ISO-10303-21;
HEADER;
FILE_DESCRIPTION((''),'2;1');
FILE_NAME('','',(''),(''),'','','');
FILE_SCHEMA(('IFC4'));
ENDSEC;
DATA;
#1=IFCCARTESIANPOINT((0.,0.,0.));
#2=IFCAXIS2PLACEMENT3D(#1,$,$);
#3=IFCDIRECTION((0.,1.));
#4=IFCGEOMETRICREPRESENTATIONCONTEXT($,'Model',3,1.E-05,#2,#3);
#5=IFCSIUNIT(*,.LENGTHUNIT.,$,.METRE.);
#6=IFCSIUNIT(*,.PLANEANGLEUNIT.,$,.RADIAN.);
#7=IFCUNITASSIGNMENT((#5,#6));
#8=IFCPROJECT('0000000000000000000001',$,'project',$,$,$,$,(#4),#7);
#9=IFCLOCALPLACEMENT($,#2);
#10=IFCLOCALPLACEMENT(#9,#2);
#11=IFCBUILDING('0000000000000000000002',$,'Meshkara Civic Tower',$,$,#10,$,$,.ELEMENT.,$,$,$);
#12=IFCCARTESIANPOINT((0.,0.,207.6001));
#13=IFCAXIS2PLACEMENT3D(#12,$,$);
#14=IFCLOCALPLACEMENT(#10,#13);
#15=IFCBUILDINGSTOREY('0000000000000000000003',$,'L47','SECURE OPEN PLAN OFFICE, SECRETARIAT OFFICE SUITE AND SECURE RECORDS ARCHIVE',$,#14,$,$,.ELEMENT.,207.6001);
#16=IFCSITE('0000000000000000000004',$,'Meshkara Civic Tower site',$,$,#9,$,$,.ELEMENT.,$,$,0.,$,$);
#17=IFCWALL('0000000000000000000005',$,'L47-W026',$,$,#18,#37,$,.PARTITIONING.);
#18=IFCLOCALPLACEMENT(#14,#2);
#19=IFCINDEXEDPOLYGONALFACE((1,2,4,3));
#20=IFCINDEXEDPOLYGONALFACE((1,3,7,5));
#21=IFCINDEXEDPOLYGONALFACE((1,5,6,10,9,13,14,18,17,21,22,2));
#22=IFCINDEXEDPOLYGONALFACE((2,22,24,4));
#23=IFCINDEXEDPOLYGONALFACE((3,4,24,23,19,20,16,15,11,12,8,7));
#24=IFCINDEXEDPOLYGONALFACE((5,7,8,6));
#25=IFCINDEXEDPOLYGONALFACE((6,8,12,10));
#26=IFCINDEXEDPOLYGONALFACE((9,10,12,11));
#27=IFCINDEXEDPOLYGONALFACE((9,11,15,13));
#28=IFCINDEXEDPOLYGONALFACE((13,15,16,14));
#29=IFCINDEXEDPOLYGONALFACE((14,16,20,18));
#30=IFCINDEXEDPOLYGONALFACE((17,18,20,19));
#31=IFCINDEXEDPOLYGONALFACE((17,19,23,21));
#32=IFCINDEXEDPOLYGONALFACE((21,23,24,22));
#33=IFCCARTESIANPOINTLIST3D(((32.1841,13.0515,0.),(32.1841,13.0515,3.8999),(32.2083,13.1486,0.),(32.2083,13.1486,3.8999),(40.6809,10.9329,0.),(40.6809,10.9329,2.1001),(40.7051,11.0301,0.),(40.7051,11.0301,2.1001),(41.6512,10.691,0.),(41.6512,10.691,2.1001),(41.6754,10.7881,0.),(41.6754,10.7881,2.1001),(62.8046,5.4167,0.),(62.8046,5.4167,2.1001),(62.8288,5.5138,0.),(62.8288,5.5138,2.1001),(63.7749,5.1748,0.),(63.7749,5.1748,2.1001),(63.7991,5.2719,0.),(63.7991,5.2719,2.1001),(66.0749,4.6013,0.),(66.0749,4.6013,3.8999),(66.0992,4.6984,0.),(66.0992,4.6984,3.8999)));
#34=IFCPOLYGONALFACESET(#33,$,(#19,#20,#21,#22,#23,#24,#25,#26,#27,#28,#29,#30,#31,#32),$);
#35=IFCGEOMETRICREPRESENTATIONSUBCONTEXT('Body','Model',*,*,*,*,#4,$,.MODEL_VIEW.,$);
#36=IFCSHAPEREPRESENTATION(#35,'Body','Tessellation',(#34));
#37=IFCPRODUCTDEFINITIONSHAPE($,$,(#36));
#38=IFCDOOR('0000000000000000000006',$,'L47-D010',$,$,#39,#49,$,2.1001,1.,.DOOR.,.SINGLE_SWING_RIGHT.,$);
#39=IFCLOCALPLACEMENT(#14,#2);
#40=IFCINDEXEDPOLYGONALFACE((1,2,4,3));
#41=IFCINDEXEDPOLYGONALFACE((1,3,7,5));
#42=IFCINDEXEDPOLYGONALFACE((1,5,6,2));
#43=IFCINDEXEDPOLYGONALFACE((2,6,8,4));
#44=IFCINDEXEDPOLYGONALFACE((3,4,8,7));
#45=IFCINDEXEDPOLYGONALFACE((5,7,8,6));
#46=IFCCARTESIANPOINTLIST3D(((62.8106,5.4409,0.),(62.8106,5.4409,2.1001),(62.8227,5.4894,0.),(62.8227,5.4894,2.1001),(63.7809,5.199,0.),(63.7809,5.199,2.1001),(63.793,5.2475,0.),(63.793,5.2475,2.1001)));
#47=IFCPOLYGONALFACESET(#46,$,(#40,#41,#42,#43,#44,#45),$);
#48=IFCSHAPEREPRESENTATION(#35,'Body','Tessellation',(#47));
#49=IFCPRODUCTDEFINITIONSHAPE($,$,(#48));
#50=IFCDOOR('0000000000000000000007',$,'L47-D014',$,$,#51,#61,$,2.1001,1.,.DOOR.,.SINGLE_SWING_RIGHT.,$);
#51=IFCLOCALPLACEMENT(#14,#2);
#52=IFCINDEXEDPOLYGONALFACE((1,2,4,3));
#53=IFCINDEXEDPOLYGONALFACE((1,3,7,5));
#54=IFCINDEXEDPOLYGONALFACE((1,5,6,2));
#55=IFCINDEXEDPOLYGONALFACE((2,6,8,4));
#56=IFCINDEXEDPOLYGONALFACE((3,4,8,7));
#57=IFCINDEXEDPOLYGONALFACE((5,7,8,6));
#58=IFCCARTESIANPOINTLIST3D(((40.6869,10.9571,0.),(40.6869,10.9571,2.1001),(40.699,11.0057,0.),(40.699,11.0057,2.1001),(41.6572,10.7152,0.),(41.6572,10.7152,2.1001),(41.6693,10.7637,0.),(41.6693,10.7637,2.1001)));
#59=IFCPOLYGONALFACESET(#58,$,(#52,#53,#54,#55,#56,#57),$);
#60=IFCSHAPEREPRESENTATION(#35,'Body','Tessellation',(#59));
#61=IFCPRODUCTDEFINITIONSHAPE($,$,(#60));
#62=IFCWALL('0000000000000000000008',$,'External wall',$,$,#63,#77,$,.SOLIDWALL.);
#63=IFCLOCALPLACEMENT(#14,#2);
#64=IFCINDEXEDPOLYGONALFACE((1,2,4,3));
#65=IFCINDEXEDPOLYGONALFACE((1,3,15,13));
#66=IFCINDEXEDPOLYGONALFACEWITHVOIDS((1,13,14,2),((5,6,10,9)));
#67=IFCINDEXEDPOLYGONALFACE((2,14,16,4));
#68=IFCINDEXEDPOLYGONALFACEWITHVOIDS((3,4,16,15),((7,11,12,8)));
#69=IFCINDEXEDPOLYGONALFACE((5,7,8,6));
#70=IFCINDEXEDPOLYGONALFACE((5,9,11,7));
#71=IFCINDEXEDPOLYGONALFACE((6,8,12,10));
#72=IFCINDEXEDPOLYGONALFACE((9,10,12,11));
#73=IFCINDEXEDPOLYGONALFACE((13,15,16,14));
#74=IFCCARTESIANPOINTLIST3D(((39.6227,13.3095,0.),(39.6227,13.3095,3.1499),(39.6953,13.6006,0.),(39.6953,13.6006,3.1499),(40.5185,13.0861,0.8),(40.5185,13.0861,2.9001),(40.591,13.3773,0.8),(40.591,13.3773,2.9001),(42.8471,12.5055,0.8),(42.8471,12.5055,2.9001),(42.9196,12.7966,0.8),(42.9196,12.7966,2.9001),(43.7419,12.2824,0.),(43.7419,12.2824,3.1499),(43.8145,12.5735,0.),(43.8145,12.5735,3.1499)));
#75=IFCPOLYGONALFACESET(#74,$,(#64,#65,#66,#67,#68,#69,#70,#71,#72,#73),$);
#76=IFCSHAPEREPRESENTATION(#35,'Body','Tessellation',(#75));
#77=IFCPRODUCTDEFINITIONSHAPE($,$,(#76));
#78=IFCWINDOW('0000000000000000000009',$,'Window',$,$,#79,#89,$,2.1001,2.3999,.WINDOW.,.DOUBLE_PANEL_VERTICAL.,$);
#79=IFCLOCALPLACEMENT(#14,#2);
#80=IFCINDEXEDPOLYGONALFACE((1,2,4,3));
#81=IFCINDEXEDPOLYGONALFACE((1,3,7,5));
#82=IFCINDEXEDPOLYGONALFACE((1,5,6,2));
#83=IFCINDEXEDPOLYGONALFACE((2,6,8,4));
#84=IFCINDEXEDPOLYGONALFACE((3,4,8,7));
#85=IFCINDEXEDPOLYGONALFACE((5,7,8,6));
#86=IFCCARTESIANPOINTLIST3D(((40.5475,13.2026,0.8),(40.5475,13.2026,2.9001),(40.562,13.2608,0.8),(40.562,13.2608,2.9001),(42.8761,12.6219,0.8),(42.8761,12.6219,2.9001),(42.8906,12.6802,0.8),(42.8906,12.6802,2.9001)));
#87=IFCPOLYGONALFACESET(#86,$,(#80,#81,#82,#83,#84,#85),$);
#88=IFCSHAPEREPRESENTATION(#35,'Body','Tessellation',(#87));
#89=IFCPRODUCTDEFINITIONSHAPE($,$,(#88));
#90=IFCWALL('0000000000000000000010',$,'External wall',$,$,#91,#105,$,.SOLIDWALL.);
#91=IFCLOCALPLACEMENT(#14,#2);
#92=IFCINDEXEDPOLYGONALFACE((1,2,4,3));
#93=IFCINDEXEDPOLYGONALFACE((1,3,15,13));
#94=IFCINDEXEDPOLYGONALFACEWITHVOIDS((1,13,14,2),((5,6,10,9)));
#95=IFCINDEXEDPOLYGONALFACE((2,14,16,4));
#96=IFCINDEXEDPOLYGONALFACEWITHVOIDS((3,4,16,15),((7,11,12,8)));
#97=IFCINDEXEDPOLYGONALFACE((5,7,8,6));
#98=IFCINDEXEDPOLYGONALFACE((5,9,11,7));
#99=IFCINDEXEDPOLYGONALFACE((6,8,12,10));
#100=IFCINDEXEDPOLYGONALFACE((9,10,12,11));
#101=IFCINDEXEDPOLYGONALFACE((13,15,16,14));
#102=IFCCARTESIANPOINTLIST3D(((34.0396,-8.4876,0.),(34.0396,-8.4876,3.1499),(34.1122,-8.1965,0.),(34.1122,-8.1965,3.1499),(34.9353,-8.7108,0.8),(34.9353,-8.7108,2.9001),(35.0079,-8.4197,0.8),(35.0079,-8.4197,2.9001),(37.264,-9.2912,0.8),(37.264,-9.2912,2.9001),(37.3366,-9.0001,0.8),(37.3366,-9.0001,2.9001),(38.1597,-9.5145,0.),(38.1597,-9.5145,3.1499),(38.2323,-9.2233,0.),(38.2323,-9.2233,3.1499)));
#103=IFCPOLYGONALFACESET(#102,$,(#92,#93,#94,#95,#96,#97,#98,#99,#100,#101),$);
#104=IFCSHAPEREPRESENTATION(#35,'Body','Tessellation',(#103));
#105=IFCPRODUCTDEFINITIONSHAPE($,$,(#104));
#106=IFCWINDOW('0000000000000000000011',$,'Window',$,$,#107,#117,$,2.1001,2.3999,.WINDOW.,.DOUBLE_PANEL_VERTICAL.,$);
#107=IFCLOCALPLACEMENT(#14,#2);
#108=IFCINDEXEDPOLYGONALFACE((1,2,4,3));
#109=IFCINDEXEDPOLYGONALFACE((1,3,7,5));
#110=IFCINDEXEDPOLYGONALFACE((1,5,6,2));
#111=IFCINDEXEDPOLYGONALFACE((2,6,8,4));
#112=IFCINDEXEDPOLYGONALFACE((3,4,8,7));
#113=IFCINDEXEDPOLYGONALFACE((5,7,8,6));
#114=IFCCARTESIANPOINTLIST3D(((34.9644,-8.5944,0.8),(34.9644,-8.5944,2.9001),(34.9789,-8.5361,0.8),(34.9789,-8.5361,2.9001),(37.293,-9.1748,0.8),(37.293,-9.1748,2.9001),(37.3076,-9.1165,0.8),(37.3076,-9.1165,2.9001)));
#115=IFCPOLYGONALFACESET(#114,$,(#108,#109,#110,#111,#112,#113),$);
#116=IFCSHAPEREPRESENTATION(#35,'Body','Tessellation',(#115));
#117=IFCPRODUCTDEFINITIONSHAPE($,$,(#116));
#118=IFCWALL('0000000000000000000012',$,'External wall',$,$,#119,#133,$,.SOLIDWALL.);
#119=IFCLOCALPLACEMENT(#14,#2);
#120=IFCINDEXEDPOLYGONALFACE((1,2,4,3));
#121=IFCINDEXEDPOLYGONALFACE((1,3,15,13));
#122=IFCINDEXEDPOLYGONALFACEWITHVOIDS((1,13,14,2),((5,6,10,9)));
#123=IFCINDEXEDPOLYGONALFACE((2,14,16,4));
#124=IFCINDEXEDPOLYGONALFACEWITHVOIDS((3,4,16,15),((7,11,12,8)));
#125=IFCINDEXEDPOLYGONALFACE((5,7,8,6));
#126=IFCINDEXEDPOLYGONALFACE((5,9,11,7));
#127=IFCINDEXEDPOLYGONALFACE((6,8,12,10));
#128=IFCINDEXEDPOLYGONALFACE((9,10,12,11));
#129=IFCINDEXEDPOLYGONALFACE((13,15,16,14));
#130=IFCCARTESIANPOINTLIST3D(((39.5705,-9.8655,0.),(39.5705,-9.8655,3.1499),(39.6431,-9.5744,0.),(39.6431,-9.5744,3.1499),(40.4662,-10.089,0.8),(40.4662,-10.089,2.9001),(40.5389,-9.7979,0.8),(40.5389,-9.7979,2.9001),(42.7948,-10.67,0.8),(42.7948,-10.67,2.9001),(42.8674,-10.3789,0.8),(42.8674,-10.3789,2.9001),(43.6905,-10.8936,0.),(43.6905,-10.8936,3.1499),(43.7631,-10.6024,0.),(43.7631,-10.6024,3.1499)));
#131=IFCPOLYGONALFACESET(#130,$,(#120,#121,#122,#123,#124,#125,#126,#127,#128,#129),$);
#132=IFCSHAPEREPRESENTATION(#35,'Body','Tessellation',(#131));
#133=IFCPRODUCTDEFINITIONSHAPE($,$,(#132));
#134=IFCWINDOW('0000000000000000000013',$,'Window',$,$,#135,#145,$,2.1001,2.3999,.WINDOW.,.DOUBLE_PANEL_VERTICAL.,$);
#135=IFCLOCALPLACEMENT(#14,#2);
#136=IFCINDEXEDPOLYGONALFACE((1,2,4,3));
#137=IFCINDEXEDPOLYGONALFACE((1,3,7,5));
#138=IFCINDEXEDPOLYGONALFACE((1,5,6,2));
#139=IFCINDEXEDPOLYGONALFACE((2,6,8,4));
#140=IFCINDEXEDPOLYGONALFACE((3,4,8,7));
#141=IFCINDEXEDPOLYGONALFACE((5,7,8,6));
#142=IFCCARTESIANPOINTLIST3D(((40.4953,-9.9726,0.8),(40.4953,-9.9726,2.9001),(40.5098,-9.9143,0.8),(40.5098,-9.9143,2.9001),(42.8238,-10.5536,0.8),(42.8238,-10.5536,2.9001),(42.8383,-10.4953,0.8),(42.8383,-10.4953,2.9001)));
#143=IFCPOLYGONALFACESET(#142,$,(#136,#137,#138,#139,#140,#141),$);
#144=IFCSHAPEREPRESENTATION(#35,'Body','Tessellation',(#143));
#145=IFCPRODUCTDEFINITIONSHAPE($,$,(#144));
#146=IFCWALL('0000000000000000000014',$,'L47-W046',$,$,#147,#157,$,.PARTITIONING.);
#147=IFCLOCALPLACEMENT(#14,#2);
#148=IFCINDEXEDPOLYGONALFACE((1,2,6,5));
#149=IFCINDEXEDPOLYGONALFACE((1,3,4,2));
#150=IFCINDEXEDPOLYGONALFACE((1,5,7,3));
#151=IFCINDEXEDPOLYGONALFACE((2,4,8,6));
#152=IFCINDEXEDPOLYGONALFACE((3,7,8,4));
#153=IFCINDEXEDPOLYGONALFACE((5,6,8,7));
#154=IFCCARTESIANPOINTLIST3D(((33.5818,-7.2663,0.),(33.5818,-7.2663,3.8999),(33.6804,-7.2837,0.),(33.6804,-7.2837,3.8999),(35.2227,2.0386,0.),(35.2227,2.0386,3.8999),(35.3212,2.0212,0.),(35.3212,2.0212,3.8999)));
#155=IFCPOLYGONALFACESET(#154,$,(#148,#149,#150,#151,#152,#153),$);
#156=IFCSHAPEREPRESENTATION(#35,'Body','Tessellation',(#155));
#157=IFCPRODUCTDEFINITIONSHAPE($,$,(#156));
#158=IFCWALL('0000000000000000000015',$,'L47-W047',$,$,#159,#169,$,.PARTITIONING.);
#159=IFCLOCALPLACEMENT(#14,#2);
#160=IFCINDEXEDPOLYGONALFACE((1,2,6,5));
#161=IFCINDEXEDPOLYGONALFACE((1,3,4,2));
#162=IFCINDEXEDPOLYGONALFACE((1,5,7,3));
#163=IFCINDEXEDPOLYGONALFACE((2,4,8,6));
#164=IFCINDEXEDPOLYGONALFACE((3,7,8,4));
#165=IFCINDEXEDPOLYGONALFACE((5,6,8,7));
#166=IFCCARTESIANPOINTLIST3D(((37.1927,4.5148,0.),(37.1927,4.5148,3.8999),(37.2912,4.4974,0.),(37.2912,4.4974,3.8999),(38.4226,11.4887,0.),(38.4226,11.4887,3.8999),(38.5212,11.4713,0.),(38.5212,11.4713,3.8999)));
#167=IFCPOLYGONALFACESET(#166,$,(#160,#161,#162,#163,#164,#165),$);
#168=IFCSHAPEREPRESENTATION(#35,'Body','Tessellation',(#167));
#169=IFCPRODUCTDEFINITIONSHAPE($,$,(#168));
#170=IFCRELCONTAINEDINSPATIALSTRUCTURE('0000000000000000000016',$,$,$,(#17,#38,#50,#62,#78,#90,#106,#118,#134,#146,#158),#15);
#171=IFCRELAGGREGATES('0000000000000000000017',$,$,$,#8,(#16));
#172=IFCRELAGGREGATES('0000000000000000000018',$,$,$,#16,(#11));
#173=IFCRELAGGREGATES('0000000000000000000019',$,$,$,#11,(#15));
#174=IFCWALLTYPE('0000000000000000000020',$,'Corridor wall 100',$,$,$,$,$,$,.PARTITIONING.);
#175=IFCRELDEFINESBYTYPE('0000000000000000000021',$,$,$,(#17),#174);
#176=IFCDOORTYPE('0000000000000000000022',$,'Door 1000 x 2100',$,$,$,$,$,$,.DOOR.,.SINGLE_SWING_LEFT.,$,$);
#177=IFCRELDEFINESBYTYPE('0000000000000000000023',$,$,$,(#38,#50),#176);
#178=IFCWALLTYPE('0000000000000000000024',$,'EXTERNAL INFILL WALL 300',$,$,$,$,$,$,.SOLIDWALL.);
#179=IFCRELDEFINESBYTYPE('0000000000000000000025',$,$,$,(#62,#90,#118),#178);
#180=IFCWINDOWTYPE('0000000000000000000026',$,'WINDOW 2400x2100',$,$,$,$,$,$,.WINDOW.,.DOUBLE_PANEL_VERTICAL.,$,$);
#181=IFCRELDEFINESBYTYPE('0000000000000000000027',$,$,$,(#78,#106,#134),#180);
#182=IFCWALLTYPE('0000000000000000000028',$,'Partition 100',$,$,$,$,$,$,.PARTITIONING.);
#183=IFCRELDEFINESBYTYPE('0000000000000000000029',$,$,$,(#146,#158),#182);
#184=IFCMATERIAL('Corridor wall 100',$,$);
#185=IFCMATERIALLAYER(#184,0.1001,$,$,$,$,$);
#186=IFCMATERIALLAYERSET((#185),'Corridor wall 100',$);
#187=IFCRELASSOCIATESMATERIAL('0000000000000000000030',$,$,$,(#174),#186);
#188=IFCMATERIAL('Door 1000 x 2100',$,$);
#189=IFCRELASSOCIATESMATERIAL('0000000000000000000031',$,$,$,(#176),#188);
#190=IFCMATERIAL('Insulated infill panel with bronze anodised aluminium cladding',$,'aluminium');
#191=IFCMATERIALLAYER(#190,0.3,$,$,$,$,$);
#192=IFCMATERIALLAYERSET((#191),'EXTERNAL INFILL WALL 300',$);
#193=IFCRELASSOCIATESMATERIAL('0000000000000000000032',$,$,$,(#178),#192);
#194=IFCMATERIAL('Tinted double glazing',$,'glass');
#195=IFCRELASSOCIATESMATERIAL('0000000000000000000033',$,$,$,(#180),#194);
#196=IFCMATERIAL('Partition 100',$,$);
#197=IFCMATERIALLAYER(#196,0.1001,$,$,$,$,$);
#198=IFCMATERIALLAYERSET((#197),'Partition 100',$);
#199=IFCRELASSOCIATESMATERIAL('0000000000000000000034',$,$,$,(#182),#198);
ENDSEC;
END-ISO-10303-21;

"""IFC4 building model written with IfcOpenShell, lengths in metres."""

from ifc_helpers import new_model, si_unit, direction, frame, frame_2d, origin, place, context, subcontext, project, spatial, rectangle, extrude, material, layer, layer_set, type_object, element, fill, save


model = new_model("IFC4")

# Units and contexts
model_context = context("Model", 3, precision=1e-05, world=origin(), true_north=direction((0.0, 1.0)))
body_context = subcontext(model_context, "Body", "Model", "MODEL_VIEW")
ifc_project = project(units=[si_unit("LENGTHUNIT", "METRE"), si_unit("PLANEANGLEUNIT", "RADIAN")], contexts=[model_context])

# Site, building, storey
site_placement = place(None, origin())
site = spatial("IfcSite", under=ifc_project, at=site_placement, Name="Meshkara Civic Tower site", CompositionType="ELEMENT", RefElevation=0.0)
building_placement = place(site_placement, origin())
building = spatial("IfcBuilding", under=site, at=building_placement, Name="Meshkara Civic Tower", CompositionType="ELEMENT")
storey_placement = place(building_placement, frame((0.0, 0.0, 207.6001)))
storey = spatial("IfcBuildingStorey", under=building, at=storey_placement, Name="L47", Description="SECURE OPEN PLAN OFFICE, SECRETARIAT OFFICE SUITE AND SECURE RECORDS ARCHIVE", CompositionType="ELEMENT", Elevation=207.6001)

# Wall, openings, doors
ifc_material_1 = material(Name="Corridor wall 100")
ifc_layer_1 = layer(ifc_material_1, 0.1001)
ifc_layer_set_1 = layer_set([ifc_layer_1], Name="Corridor wall 100")
wall_type_1 = type_object("IfcWallType", Name="Corridor wall 100", PredefinedType="PARTITIONING", material=ifc_layer_set_1)
wall_1_placement = place(storey_placement, frame((32.196, 13.1001, 0.0), z_axis=(0.0, 0.0, 1.0), x_axis=(0.970294, -0.241929, 0.0)))
wall_1 = element("IfcWall", 1, at=wall_1_placement, inside=storey, type_object=wall_type_1, Name="L47-W026", PredefinedType="PARTITIONING", context=body_context, shape_type="SweptSolid", body=[
    extrude(rectangle(XDim=34.9285, YDim=0.1001, at=frame_2d((17.4644, 0.0))), origin(), (0.0, 0.0, 1.0), 3.8999),
])
opening_1_placement = place(wall_1_placement, frame((31.5581, 0.0, 0.0)))
opening_1 = element("IfcOpeningElement", 2, at=opening_1_placement, cuts=wall_1, PredefinedType="OPENING", context=body_context, shape_type="SweptSolid", body=[
    extrude(rectangle(XDim=1.0, YDim=2.1001, at=frame_2d((0.5, 1.05))), frame((0.0, 0.0601, 0.0), z_axis=(0.0, -1.0, 0.0), x_axis=(1.0, 0.0, 0.0)), (0.0, 0.0, 1.0), 0.1201),
])
opening_2_placement = place(wall_1_placement, frame((8.7571, 0.0, 0.0)))
opening_2 = element("IfcOpeningElement", 3, at=opening_2_placement, cuts=wall_1, PredefinedType="OPENING", context=body_context, shape_type="SweptSolid", body=[
    extrude(rectangle(XDim=1.0, YDim=2.1001, at=frame_2d((0.5, 1.05))), frame((0.0, 0.0601, 0.0), z_axis=(0.0, -1.0, 0.0), x_axis=(1.0, 0.0, 0.0)), (0.0, 0.0, 1.0), 0.1201),
])
ifc_material_2 = material(Name="Door 1000 x 2100")
door_type = type_object("IfcDoorType", Name="Door 1000 x 2100", OperationType="SINGLE_SWING_LEFT", PredefinedType="DOOR", material=ifc_material_2)
door_1_placement = place(opening_1_placement, origin())
door_1 = element("IfcDoor", 4, at=door_1_placement, inside=storey, type_object=door_type, Name="L47-D010", OperationType="SINGLE_SWING_RIGHT", OverallHeight=2.1001, OverallWidth=1.0, PredefinedType="DOOR", context=body_context, shape_type="SweptSolid", body=[
    extrude(rectangle(XDim=1.0, YDim=2.1001, at=frame_2d((0.5, 1.05))), frame((0.0, 0.0249, 0.0), z_axis=(0.0, -1.0, 0.0), x_axis=(1.0, 0.0, 0.0)), (0.0, 0.0, 1.0), 0.05),
])
fill(opening_1, door_1)
door_2_placement = place(opening_2_placement, origin())
door_2 = element("IfcDoor", 5, at=door_2_placement, inside=storey, type_object=door_type, Name="L47-D014", OperationType="SINGLE_SWING_RIGHT", OverallHeight=2.1001, OverallWidth=1.0, PredefinedType="DOOR", context=body_context, shape_type="SweptSolid", body=[
    extrude(rectangle(XDim=1.0, YDim=2.1001, at=frame_2d((0.5, 1.05))), frame((0.0, 0.0249, 0.0), z_axis=(0.0, -1.0, 0.0), x_axis=(1.0, 0.0, 0.0)), (0.0, 0.0, 1.0), 0.05),
])
fill(opening_2, door_2)

# Walls, openings, windows
ifc_material_3 = material(Name="Insulated infill panel with bronze anodised aluminium cladding", Category="aluminium")
ifc_layer_2 = layer(ifc_material_3, 0.3)
ifc_layer_set_2 = layer_set([ifc_layer_2], Name="EXTERNAL INFILL WALL 300")
wall_type_2 = type_object("IfcWallType", Name="EXTERNAL INFILL WALL 300", PredefinedType="SOLIDWALL", material=ifc_layer_set_2)
wall_2_placement = place(storey_placement, frame((43.7781, 12.428, 0.0), z_axis=(0.0, 0.0, 1.0), x_axis=(-0.970291, 0.24194, 0.0)))
wall_2 = element("IfcWall", 6, at=wall_2_placement, inside=storey, type_object=wall_type_2, Name="External wall", PredefinedType="SOLIDWALL", context=body_context, shape_type="SweptSolid", body=[
    extrude(rectangle(XDim=4.2454, YDim=0.3, at=frame_2d((2.1226, 0.0))), origin(), (0.0, 0.0, 1.0), 3.1499),
])
opening_3_placement = place(wall_2_placement, frame((0.9221, 0.0, 0.8)))
opening_3 = element("IfcOpeningElement", 7, at=opening_3_placement, cuts=wall_2, PredefinedType="OPENING", context=body_context, shape_type="SweptSolid", body=[
    extrude(rectangle(XDim=2.3999, YDim=2.1001, at=frame_2d((1.2, 1.05))), frame((0.0, 0.1599, 0.0), z_axis=(0.0, -1.0, 0.0), x_axis=(1.0, 0.0, 0.0)), (0.0, 0.0, 1.0), 0.3201),
])
ifc_material_4 = material(Name="Tinted double glazing", Category="glass")
window_type = type_object("IfcWindowType", Name="WINDOW 2400x2100", PartitioningType="DOUBLE_PANEL_VERTICAL", PredefinedType="WINDOW", material=ifc_material_4)
window_1_placement = place(opening_3_placement, origin())
window_1 = element("IfcWindow", 8, at=window_1_placement, inside=storey, type_object=window_type, Name="Window", OverallHeight=2.1001, OverallWidth=2.3999, PartitioningType="DOUBLE_PANEL_VERTICAL", PredefinedType="WINDOW", context=body_context, shape_type="SweptSolid", body=[
    extrude(rectangle(XDim=2.3999, YDim=2.1001, at=frame_2d((1.2, 1.05))), frame((0.0, 0.03, 0.0), z_axis=(0.0, -1.0, 0.0), x_axis=(1.0, 0.0, 0.0)), (0.0, 0.0, 1.0), 0.0601),
])
fill(opening_3, window_1)
wall_3_placement = place(storey_placement, frame((34.0759, -8.342, 0.0), z_axis=(0.0, 0.0, 1.0), x_axis=(0.970318, -0.241832, 0.0)))
wall_3 = element("IfcWall", 9, at=wall_3_placement, inside=storey, type_object=wall_type_2, Name="External wall", PredefinedType="SOLIDWALL", context=body_context, shape_type="SweptSolid", body=[
    extrude(rectangle(XDim=4.2461, YDim=0.3, at=frame_2d((2.123, 0.0))), origin(), (0.0, 0.0, 1.0), 3.1499),
])
opening_4_placement = place(wall_3_placement, frame((0.9231, 0.0, 0.8)))
opening_4 = element("IfcOpeningElement", 10, at=opening_4_placement, cuts=wall_3, PredefinedType="OPENING", context=body_context, shape_type="SweptSolid", body=[
    extrude(rectangle(XDim=2.3999, YDim=2.1001, at=frame_2d((1.2, 1.05))), frame((0.0, 0.1599, 0.0), z_axis=(0.0, -1.0, 0.0), x_axis=(1.0, 0.0, 0.0)), (0.0, 0.0, 1.0), 0.3201),
])
window_2_placement = place(opening_4_placement, origin())
window_2 = element("IfcWindow", 11, at=window_2_placement, inside=storey, type_object=window_type, Name="Window", OverallHeight=2.1001, OverallWidth=2.3999, PartitioningType="DOUBLE_PANEL_VERTICAL", PredefinedType="WINDOW", context=body_context, shape_type="SweptSolid", body=[
    extrude(rectangle(XDim=2.3999, YDim=2.1001, at=frame_2d((1.2, 1.05))), frame((0.0, 0.03, 0.0), z_axis=(0.0, -1.0, 0.0), x_axis=(1.0, 0.0, 0.0)), (0.0, 0.0, 1.0), 0.0601),
])
fill(opening_4, window_2)
wall_4_placement = place(storey_placement, frame((39.6069, -9.72, 0.0), z_axis=(0.0, 0.0, 1.0), x_axis=(0.970251, -0.242103, 0.0)))
wall_4 = element("IfcWall", 12, at=wall_4_placement, inside=storey, type_object=wall_type_2, Name="External wall", PredefinedType="SOLIDWALL", context=body_context, shape_type="SweptSolid", body=[
    extrude(rectangle(XDim=4.2463, YDim=0.3, at=frame_2d((2.123, 0.0))), origin(), (0.0, 0.0, 1.0), 3.1499),
])
opening_5_placement = place(wall_4_placement, frame((0.9231, 0.0, 0.8)))
opening_5 = element("IfcOpeningElement", 13, at=opening_5_placement, cuts=wall_4, PredefinedType="OPENING", context=body_context, shape_type="SweptSolid", body=[
    extrude(rectangle(XDim=2.3999, YDim=2.1001, at=frame_2d((1.2, 1.05))), frame((0.0, 0.1599, 0.0), z_axis=(0.0, -1.0, 0.0), x_axis=(1.0, 0.0, 0.0)), (0.0, 0.0, 1.0), 0.3201),
])
window_3_placement = place(opening_5_placement, origin())
window_3 = element("IfcWindow", 14, at=window_3_placement, inside=storey, type_object=window_type, Name="Window", OverallHeight=2.1001, OverallWidth=2.3999, PartitioningType="DOUBLE_PANEL_VERTICAL", PredefinedType="WINDOW", context=body_context, shape_type="SweptSolid", body=[
    extrude(rectangle(XDim=2.3999, YDim=2.1001, at=frame_2d((1.2, 1.05))), frame((0.0, 0.03, 0.0), z_axis=(0.0, -1.0, 0.0), x_axis=(1.0, 0.0, 0.0)), (0.0, 0.0, 1.0), 0.0601),
])
fill(opening_5, window_3)

# Walls
ifc_material_5 = material(Name="Partition 100")
ifc_layer_3 = layer(ifc_material_5, 0.1001)
ifc_layer_set_3 = layer_set([ifc_layer_3], Name="Partition 100")
wall_type_3 = type_object("IfcWallType", Name="Partition 100", PredefinedType="PARTITIONING", material=ifc_layer_set_3)
wall_5_placement = place(storey_placement, frame((33.6311, -7.2749, 0.0), z_axis=(0.0, 0.0, 1.0), x_axis=(0.173664, 0.984805, 0.0)))
element("IfcWall", 15, at=wall_5_placement, inside=storey, type_object=wall_type_3, Name="L47-W046", PredefinedType="PARTITIONING", context=body_context, shape_type="SweptSolid", body=[
    extrude(rectangle(XDim=9.4485, YDim=0.1001, at=frame_2d((4.7241, 0.0))), origin(), (0.0, 0.0, 1.0), 3.8999),
])
wall_6_placement = place(storey_placement, frame((37.2419, 4.5061, 0.0), z_axis=(0.0, 0.0, 1.0), x_axis=(0.173689, 0.984801, 0.0)))
element("IfcWall", 16, at=wall_6_placement, inside=storey, type_object=wall_type_3, Name="L47-W047", PredefinedType="PARTITIONING", context=body_context, shape_type="SweptSolid", body=[
    extrude(rectangle(XDim=7.0815, YDim=0.1001, at=frame_2d((3.5408, 0.0))), origin(), (0.0, 0.0, 1.0), 3.8999),
])

save(model, "model.ifc")
